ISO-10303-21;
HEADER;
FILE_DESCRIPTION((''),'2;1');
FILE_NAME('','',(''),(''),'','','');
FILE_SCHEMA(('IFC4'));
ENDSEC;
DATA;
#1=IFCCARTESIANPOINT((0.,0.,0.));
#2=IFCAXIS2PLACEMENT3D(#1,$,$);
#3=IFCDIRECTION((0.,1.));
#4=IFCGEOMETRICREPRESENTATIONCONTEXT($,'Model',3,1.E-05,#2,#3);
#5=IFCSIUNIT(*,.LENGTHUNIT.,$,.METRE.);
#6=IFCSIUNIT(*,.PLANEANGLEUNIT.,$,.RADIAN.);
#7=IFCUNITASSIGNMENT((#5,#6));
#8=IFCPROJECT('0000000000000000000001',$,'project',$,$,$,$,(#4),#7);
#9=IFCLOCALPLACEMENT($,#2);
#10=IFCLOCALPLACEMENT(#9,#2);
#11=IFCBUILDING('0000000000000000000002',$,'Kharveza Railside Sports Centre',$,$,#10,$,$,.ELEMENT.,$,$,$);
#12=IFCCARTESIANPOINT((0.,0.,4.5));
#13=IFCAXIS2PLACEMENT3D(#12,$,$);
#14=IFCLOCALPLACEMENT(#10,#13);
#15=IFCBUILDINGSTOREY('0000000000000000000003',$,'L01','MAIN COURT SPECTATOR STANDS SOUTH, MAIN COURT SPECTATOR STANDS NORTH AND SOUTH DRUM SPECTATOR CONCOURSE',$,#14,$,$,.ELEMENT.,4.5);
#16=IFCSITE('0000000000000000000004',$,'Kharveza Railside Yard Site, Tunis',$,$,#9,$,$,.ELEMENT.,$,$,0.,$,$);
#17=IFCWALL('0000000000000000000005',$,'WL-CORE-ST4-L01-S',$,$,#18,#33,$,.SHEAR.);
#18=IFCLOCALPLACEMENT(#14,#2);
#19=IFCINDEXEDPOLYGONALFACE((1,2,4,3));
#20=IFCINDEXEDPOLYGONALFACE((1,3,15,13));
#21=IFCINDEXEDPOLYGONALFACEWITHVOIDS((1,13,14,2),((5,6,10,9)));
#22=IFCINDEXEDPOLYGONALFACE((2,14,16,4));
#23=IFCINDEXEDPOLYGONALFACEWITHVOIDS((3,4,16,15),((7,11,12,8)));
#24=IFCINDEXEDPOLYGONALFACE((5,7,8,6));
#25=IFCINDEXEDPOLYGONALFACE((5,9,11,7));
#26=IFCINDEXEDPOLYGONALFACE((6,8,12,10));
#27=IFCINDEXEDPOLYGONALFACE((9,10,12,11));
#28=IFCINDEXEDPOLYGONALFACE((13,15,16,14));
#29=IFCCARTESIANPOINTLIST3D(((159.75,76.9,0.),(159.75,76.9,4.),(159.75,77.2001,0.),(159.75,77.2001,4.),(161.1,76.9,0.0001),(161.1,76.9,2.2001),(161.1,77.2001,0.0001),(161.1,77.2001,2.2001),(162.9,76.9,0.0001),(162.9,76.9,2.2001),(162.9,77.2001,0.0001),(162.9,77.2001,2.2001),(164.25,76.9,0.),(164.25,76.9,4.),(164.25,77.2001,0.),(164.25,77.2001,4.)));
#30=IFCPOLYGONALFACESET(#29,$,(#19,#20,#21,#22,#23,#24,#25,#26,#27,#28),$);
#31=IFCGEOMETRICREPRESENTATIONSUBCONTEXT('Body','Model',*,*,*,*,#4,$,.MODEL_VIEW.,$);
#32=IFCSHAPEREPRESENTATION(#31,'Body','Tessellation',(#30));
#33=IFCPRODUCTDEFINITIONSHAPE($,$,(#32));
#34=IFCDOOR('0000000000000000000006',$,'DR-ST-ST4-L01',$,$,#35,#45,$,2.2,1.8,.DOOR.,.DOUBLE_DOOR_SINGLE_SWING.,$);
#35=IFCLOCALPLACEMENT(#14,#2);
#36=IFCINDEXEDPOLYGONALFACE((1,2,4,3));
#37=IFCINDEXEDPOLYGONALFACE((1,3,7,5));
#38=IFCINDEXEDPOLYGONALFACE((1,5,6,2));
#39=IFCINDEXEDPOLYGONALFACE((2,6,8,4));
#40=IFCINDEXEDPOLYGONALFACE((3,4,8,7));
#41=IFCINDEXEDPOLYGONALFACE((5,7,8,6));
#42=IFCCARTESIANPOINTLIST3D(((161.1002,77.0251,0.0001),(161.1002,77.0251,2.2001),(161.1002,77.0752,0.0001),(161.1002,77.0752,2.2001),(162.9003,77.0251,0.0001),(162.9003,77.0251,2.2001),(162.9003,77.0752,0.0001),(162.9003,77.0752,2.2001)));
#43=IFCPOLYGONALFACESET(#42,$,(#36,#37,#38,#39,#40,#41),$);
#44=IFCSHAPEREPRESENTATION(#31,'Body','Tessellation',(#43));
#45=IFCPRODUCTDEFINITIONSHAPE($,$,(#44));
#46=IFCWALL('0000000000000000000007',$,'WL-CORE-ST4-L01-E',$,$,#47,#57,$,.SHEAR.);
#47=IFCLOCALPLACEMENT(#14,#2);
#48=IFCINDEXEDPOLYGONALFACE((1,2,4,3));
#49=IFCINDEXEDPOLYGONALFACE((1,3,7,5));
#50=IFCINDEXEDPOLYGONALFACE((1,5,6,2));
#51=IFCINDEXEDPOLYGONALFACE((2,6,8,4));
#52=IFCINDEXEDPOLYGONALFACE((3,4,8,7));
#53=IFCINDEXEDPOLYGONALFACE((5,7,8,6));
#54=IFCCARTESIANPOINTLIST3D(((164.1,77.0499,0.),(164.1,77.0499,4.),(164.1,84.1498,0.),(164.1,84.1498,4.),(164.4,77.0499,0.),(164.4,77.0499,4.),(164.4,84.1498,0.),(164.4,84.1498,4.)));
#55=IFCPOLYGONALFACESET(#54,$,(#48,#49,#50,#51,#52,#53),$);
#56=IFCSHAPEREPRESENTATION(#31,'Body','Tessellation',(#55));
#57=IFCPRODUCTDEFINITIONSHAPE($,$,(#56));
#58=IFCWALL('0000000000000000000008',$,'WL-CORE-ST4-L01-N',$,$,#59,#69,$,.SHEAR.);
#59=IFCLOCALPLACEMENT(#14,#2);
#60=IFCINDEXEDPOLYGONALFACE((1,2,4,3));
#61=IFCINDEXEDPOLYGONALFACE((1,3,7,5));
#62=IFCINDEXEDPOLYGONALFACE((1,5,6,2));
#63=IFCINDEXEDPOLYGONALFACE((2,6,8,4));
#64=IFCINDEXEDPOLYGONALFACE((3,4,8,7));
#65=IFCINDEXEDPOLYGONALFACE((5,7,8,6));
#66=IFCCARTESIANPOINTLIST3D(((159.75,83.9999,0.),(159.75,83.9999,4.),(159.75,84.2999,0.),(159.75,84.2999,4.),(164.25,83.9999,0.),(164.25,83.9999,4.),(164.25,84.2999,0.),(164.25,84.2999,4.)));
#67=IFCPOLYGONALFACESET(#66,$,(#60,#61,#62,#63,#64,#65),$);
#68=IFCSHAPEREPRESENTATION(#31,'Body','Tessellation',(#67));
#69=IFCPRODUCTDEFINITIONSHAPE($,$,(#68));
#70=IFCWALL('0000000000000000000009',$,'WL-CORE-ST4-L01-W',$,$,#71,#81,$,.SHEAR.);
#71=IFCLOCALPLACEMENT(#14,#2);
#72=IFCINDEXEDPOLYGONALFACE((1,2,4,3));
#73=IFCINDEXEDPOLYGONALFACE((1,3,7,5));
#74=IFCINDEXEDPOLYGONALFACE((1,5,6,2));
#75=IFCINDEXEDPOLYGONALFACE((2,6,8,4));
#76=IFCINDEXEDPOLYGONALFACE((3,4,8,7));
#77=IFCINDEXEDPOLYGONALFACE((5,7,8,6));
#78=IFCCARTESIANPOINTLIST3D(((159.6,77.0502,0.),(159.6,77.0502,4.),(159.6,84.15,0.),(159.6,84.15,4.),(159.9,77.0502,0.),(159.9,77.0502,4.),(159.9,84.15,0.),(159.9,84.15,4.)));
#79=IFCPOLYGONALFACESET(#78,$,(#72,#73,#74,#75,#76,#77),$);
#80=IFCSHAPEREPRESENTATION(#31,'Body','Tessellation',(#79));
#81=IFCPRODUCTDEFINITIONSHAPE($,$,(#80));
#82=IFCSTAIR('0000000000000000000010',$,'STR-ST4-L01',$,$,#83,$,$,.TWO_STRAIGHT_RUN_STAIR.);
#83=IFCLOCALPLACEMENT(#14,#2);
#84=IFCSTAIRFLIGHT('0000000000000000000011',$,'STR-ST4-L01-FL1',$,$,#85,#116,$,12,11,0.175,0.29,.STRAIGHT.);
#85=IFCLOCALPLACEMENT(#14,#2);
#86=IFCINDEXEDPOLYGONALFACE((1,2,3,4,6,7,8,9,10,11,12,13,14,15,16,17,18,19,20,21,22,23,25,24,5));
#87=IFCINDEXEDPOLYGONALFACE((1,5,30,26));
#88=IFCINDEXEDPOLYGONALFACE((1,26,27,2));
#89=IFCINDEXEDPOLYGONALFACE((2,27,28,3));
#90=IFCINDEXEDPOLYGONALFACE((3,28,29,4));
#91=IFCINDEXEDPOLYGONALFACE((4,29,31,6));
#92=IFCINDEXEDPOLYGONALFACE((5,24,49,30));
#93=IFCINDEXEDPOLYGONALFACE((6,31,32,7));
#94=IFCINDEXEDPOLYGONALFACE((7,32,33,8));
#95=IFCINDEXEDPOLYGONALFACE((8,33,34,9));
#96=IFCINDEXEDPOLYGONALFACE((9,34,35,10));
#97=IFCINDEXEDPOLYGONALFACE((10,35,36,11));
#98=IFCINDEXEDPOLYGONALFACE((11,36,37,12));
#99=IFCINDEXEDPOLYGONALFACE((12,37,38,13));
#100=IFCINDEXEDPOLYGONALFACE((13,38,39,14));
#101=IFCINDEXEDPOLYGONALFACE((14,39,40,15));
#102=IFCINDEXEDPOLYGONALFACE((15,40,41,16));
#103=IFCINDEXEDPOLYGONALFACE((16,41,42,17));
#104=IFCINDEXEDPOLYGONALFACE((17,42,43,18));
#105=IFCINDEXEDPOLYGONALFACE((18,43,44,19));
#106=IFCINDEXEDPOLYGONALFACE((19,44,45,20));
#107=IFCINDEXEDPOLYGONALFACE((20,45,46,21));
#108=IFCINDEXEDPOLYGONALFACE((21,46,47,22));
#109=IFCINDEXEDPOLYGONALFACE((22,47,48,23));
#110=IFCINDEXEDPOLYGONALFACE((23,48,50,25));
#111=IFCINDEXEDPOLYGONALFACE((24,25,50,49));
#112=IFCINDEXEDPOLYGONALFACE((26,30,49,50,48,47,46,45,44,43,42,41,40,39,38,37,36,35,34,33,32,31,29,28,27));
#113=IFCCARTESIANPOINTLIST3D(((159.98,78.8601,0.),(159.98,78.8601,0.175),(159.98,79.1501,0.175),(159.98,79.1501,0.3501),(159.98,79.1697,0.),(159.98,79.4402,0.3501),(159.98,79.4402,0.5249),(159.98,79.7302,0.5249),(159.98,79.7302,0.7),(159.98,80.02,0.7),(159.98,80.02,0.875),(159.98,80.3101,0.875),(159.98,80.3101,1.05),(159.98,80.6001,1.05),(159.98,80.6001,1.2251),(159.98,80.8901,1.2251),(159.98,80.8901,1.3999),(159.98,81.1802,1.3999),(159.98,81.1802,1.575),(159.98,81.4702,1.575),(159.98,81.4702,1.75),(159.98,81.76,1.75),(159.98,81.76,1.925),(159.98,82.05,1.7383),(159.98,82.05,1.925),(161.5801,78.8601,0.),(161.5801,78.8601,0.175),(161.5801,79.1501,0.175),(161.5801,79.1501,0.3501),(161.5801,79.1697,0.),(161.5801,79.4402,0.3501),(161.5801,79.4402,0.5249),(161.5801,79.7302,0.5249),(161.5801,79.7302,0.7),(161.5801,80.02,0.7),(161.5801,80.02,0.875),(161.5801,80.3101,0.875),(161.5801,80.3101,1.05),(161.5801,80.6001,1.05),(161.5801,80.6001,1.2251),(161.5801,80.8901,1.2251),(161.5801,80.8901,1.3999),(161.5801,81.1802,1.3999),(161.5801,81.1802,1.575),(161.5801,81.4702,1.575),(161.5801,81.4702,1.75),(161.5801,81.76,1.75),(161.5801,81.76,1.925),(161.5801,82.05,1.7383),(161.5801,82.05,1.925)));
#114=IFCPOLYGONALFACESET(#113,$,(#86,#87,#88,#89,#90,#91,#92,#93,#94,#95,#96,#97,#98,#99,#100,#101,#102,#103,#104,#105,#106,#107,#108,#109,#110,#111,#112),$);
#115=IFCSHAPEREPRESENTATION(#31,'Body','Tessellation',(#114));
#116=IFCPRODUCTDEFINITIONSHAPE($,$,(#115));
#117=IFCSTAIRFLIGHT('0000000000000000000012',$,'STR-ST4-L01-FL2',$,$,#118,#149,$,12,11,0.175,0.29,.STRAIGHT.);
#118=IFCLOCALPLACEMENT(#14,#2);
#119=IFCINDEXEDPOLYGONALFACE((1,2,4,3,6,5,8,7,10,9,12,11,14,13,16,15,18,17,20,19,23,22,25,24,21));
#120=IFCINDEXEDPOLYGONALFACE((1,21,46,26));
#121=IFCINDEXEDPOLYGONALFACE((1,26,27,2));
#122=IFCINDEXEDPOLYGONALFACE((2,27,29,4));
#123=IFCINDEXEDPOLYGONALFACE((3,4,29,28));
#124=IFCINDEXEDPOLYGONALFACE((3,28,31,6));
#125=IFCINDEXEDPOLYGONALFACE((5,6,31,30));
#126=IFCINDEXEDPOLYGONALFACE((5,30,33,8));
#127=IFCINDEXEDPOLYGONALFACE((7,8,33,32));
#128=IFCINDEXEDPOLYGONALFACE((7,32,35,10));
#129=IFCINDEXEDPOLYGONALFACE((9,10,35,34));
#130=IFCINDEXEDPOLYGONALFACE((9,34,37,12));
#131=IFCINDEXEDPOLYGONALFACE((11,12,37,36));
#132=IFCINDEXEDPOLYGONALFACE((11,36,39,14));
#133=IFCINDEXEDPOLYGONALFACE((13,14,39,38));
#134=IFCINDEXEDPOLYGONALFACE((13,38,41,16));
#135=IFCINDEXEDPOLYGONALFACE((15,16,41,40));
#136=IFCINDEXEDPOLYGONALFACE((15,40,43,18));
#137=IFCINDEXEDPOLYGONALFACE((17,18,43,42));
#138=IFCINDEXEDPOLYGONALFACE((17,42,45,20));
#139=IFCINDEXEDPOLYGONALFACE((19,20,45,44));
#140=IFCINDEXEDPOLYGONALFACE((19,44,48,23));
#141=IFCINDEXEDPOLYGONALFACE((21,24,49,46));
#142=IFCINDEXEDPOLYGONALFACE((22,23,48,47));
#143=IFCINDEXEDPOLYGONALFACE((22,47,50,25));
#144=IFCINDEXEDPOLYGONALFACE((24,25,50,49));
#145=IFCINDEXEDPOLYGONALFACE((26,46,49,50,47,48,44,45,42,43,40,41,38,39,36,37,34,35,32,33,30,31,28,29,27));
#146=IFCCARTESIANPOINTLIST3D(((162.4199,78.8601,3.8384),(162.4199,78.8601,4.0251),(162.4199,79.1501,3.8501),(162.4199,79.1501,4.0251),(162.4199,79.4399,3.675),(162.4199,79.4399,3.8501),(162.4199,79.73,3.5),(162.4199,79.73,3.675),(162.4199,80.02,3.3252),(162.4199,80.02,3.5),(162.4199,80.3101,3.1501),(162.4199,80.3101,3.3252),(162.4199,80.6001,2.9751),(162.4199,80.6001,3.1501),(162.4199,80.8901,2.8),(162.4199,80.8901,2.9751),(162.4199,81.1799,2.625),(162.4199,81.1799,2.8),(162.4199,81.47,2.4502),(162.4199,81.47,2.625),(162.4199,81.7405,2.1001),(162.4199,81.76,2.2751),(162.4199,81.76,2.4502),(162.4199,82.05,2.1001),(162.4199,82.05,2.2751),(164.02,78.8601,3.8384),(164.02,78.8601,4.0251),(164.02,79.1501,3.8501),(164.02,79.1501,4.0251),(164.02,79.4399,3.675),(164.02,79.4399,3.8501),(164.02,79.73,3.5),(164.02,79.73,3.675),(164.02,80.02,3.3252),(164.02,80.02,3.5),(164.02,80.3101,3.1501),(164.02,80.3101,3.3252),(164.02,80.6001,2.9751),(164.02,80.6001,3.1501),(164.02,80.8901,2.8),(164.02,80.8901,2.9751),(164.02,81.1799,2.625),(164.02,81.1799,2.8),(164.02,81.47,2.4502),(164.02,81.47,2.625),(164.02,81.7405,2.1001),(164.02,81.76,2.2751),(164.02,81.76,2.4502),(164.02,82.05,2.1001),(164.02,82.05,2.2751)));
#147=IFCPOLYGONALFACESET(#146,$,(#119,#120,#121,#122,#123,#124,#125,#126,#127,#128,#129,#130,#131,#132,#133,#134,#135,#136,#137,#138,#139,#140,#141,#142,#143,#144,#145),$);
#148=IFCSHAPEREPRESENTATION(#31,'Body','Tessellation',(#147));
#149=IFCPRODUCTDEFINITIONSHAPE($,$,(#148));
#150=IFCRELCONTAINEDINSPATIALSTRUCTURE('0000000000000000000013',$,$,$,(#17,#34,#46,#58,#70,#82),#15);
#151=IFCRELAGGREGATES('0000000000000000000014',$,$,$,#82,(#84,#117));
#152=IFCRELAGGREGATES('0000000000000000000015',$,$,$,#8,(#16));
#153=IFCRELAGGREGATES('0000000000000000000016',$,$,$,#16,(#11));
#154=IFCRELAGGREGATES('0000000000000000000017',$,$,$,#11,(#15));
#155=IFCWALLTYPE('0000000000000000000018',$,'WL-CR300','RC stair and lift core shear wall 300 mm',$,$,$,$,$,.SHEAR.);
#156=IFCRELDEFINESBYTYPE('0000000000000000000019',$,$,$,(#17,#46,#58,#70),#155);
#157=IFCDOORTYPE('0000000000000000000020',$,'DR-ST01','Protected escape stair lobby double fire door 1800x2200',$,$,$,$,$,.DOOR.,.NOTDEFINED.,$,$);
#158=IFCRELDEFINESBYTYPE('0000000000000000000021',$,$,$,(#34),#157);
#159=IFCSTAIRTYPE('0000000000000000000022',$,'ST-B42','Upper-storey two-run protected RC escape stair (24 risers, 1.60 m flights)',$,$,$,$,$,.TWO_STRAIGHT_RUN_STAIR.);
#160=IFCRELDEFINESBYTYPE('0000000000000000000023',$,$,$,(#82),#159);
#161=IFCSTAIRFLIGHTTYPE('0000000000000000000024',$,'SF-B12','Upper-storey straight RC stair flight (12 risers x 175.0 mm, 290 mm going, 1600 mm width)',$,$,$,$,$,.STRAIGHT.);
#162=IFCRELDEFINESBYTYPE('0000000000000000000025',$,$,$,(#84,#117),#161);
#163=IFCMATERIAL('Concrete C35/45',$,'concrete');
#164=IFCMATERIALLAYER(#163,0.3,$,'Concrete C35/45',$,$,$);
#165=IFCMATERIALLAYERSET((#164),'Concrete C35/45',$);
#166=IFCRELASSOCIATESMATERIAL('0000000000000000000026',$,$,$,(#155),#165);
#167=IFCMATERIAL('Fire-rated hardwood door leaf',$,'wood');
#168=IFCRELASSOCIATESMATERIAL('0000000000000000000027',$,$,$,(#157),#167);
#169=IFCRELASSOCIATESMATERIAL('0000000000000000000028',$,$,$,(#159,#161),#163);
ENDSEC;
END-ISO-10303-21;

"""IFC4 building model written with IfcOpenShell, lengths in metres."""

from ifc_helpers import new_model, si_unit, direction, frame, frame_2d, origin, place, context, subcontext, project, spatial, polyline, rectangle, outline, extrude, material, layer, layer_set, type_object, element, fill, aggregate, save


model = new_model("IFC4")

# Units and contexts
model_context = context("Model", 3, precision=1e-05, world=origin(), true_north=direction((0.0, 1.0)))
body_context = subcontext(model_context, "Body", "Model", "MODEL_VIEW")
ifc_project = project(units=[si_unit("LENGTHUNIT", "METRE"), si_unit("PLANEANGLEUNIT", "RADIAN")], contexts=[model_context])

# Site, building, storey
site_placement = place(None, origin())
site = spatial("IfcSite", under=ifc_project, at=site_placement, Name="Kharveza Railside Yard Site, Tunis", CompositionType="ELEMENT", RefElevation=0.0)
building_placement = place(site_placement, origin())
building = spatial("IfcBuilding", under=site, at=building_placement, Name="Kharveza Railside Sports Centre", CompositionType="ELEMENT")
storey_placement = place(building_placement, frame((0.0, 0.0, 4.5)))
storey = spatial("IfcBuildingStorey", under=building, at=storey_placement, Name="L01", Description="MAIN COURT SPECTATOR STANDS SOUTH, MAIN COURT SPECTATOR STANDS NORTH AND SOUTH DRUM SPECTATOR CONCOURSE", CompositionType="ELEMENT", Elevation=4.5)

# Wall, opening, door
ifc_material_1 = material(Name="Concrete C35/45", Category="concrete")
ifc_layer_1 = layer(ifc_material_1, 0.3, Name="Concrete C35/45")
ifc_layer_set_1 = layer_set([ifc_layer_1], Name="Concrete C35/45")
wall_type_1 = type_object("IfcWallType", Name="WL-CR300", Description="RC stair and lift core shear wall 300 mm", PredefinedType="SHEAR", material=ifc_layer_set_1)
wall_1_placement = place(storey_placement, frame((159.75, 77.05, 0.0), z_axis=(0.0, 0.0, 1.0), x_axis=(1.0, 0.0, 0.0)))
wall_1 = element("IfcWall", 1, at=wall_1_placement, inside=storey, type_object=wall_type_1, Name="WL-CORE-ST4-L01-S", PredefinedType="SHEAR", context=body_context, shape_type="SweptSolid", body=[
    extrude(rectangle(XDim=4.5, YDim=0.3, at=frame_2d((2.25, 0.0))), origin(), (0.0, 0.0, 1.0), 4.0),
])
opening_1_placement = place(wall_1_placement, frame((1.3501, 0.0, 0.0)))
opening_1 = element("IfcOpeningElement", 2, at=opening_1_placement, cuts=wall_1, PredefinedType="OPENING", context=body_context, shape_type="SweptSolid", body=[
    extrude(rectangle(XDim=1.8, YDim=2.2, at=frame_2d((0.8999, 1.1001))), frame((0.0, 0.1748, 0.0), z_axis=(0.0, -1.0, 0.0), x_axis=(1.0, 0.0, 0.0)), (0.0, 0.0, 1.0), 0.3499),
])
ifc_material_2 = material(Name="Fire-rated hardwood door leaf", Category="wood")
door_type = type_object("IfcDoorType", Name="DR-ST01", Description="Protected escape stair lobby double fire door 1800x2200", OperationType="NOTDEFINED", PredefinedType="DOOR", material=ifc_material_2)
door_placement = place(opening_1_placement, frame((1.8, 0.0, 0.0), z_axis=(0.0, 0.0, 1.0), x_axis=(-1.0, 0.0, 0.0)))
door = element("IfcDoor", 3, at=door_placement, inside=storey, type_object=door_type, Name="DR-ST-ST4-L01", OperationType="DOUBLE_DOOR_SINGLE_SWING", OverallHeight=2.2, OverallWidth=1.8, PredefinedType="DOOR", context=body_context, shape_type="SweptSolid", body=[
    extrude(rectangle(XDim=1.8, YDim=2.2, at=frame_2d((0.8999, 1.1001))), frame((0.0, 0.0249, 0.0), z_axis=(0.0, -1.0, 0.0), x_axis=(1.0, 0.0, 0.0)), (0.0, 0.0, 1.0), 0.05),
])
fill(opening_1, door)

# Walls
wall_2_placement = place(storey_placement, frame((164.25, 77.05, 0.0), z_axis=(0.0, 0.0, 1.0), x_axis=(0.0, 1.0, 0.0)))
element("IfcWall", 4, at=wall_2_placement, inside=storey, type_object=wall_type_1, Name="WL-CORE-ST4-L01-E", PredefinedType="SHEAR", context=body_context, shape_type="SweptSolid", body=[
    extrude(rectangle(XDim=7.0999, YDim=0.3, at=frame_2d((3.5498, 0.0))), origin(), (0.0, 0.0, 1.0), 4.0),
])
wall_3_placement = place(storey_placement, frame((164.25, 84.1499, 0.0), z_axis=(0.0, 0.0, 1.0), x_axis=(-1.0, 0.0, 0.0)))
element("IfcWall", 5, at=wall_3_placement, inside=storey, type_object=wall_type_1, Name="WL-CORE-ST4-L01-N", PredefinedType="SHEAR", context=body_context, shape_type="SweptSolid", body=[
    extrude(rectangle(XDim=4.5, YDim=0.3, at=frame_2d((2.25, 0.0))), origin(), (0.0, 0.0, 1.0), 4.0),
])
wall_4_placement = place(storey_placement, frame((159.75, 84.1499, 0.0), z_axis=(0.0, 0.0, 1.0), x_axis=(0.0, -1.0, 0.0)))
element("IfcWall", 6, at=wall_4_placement, inside=storey, type_object=wall_type_1, Name="WL-CORE-ST4-L01-W", PredefinedType="SHEAR", context=body_context, shape_type="SweptSolid", body=[
    extrude(rectangle(XDim=7.0999, YDim=0.3, at=frame_2d((3.5498, 0.0))), origin(), (0.0, 0.0, 1.0), 4.0),
])

# Stair, stair flights
stair_type = type_object("IfcStairType", Name="ST-B42", Description="Upper-storey two-run protected RC escape stair (24 risers, 1.60 m flights)", PredefinedType="TWO_STRAIGHT_RUN_STAIR", material=ifc_material_1)
stair_placement = place(storey_placement, origin())
stair = element("IfcStair", 7, at=stair_placement, inside=storey, type_object=stair_type, Name="STR-ST4-L01", PredefinedType="TWO_STRAIGHT_RUN_STAIR")
stair_flight_type = type_object("IfcStairFlightType", Name="SF-B12", Description="Upper-storey straight RC stair flight (12 risers x 175.0 mm, 290 mm going, 1600 mm width)", PredefinedType="STRAIGHT", material=ifc_material_1)
stair_flight_1_placement = place(storey_placement, frame((160.78, 78.8601, 0.0), z_axis=(0.0, 0.0, 1.0), x_axis=(0.0, 1.0, 0.0)))
stair_flight_1 = element("IfcStairFlight", 8, at=stair_flight_1_placement, type_object=stair_flight_type, Name="STR-ST4-L01-FL1", NumberOfRisers=12, NumberOfTreads=11, PredefinedType="STRAIGHT", RiserHeight=0.175, TreadLength=0.29, context=body_context, shape_type="SweptSolid", body=[
    extrude(outline(polyline([(0.0, 0.0), (0.0, 0.175), (0.29, 0.175), (0.29, 0.3501), (0.5801, 0.3501), (0.5801, 0.5249), (0.8701, 0.5249), (0.8701, 0.7), (1.1599, 0.7), (1.1599, 0.875), (1.45, 0.875), (1.45, 1.05), (1.74, 1.05), (1.74, 1.2251), (2.03, 1.2251), (2.03, 1.3999), (2.3201, 1.3999), (2.3201, 1.575), (2.6101, 1.575), (2.6101, 1.75), (2.8999, 1.75), (2.8999, 1.925), (3.1899, 1.925), (3.1899, 2.1001), (3.1899, 1.7383), (0.3096, 0.0), (0.0, 0.0)])), frame((0.0, 0.8, 0.0), z_axis=(0.0, -1.0, 0.0), x_axis=(1.0, 0.0, 0.0)), (0.0, 0.0, 1.0), 1.6001),
])
stair_flight_2_placement = place(storey_placement, frame((163.22, 82.05, 2.1001), z_axis=(0.0, 0.0, 1.0), x_axis=(0.0, -1.0, 0.0)))
stair_flight_2 = element("IfcStairFlight", 9, at=stair_flight_2_placement, type_object=stair_flight_type, Name="STR-ST4-L01-FL2", NumberOfRisers=12, NumberOfTreads=11, PredefinedType="STRAIGHT", RiserHeight=0.175, TreadLength=0.29, context=body_context, shape_type="SweptSolid", body=[
    extrude(outline(polyline([(0.0, 0.0), (0.0, 0.175), (0.29, 0.175), (0.29, 0.3501), (0.5801, 0.3501), (0.5801, 0.5249), (0.8701, 0.5249), (0.8701, 0.7), (1.1599, 0.7), (1.1599, 0.875), (1.45, 0.875), (1.45, 1.05), (1.74, 1.05), (1.74, 1.2251), (2.03, 1.2251), (2.03, 1.3999), (2.3201, 1.3999), (2.3201, 1.575), (2.6101, 1.575), (2.6101, 1.75), (2.8999, 1.75), (2.8999, 1.925), (3.1899, 1.925), (3.1899, 2.1001), (3.1899, 1.7383), (0.3096, 0.0), (0.0, 0.0)])), frame((0.0, 0.8, 0.0), z_axis=(0.0, -1.0, 0.0), x_axis=(1.0, 0.0, 0.0)), (0.0, 0.0, 1.0), 1.6001),
])
aggregate(stair, [stair_flight_1, stair_flight_2])

save(model, "model.ifc")
